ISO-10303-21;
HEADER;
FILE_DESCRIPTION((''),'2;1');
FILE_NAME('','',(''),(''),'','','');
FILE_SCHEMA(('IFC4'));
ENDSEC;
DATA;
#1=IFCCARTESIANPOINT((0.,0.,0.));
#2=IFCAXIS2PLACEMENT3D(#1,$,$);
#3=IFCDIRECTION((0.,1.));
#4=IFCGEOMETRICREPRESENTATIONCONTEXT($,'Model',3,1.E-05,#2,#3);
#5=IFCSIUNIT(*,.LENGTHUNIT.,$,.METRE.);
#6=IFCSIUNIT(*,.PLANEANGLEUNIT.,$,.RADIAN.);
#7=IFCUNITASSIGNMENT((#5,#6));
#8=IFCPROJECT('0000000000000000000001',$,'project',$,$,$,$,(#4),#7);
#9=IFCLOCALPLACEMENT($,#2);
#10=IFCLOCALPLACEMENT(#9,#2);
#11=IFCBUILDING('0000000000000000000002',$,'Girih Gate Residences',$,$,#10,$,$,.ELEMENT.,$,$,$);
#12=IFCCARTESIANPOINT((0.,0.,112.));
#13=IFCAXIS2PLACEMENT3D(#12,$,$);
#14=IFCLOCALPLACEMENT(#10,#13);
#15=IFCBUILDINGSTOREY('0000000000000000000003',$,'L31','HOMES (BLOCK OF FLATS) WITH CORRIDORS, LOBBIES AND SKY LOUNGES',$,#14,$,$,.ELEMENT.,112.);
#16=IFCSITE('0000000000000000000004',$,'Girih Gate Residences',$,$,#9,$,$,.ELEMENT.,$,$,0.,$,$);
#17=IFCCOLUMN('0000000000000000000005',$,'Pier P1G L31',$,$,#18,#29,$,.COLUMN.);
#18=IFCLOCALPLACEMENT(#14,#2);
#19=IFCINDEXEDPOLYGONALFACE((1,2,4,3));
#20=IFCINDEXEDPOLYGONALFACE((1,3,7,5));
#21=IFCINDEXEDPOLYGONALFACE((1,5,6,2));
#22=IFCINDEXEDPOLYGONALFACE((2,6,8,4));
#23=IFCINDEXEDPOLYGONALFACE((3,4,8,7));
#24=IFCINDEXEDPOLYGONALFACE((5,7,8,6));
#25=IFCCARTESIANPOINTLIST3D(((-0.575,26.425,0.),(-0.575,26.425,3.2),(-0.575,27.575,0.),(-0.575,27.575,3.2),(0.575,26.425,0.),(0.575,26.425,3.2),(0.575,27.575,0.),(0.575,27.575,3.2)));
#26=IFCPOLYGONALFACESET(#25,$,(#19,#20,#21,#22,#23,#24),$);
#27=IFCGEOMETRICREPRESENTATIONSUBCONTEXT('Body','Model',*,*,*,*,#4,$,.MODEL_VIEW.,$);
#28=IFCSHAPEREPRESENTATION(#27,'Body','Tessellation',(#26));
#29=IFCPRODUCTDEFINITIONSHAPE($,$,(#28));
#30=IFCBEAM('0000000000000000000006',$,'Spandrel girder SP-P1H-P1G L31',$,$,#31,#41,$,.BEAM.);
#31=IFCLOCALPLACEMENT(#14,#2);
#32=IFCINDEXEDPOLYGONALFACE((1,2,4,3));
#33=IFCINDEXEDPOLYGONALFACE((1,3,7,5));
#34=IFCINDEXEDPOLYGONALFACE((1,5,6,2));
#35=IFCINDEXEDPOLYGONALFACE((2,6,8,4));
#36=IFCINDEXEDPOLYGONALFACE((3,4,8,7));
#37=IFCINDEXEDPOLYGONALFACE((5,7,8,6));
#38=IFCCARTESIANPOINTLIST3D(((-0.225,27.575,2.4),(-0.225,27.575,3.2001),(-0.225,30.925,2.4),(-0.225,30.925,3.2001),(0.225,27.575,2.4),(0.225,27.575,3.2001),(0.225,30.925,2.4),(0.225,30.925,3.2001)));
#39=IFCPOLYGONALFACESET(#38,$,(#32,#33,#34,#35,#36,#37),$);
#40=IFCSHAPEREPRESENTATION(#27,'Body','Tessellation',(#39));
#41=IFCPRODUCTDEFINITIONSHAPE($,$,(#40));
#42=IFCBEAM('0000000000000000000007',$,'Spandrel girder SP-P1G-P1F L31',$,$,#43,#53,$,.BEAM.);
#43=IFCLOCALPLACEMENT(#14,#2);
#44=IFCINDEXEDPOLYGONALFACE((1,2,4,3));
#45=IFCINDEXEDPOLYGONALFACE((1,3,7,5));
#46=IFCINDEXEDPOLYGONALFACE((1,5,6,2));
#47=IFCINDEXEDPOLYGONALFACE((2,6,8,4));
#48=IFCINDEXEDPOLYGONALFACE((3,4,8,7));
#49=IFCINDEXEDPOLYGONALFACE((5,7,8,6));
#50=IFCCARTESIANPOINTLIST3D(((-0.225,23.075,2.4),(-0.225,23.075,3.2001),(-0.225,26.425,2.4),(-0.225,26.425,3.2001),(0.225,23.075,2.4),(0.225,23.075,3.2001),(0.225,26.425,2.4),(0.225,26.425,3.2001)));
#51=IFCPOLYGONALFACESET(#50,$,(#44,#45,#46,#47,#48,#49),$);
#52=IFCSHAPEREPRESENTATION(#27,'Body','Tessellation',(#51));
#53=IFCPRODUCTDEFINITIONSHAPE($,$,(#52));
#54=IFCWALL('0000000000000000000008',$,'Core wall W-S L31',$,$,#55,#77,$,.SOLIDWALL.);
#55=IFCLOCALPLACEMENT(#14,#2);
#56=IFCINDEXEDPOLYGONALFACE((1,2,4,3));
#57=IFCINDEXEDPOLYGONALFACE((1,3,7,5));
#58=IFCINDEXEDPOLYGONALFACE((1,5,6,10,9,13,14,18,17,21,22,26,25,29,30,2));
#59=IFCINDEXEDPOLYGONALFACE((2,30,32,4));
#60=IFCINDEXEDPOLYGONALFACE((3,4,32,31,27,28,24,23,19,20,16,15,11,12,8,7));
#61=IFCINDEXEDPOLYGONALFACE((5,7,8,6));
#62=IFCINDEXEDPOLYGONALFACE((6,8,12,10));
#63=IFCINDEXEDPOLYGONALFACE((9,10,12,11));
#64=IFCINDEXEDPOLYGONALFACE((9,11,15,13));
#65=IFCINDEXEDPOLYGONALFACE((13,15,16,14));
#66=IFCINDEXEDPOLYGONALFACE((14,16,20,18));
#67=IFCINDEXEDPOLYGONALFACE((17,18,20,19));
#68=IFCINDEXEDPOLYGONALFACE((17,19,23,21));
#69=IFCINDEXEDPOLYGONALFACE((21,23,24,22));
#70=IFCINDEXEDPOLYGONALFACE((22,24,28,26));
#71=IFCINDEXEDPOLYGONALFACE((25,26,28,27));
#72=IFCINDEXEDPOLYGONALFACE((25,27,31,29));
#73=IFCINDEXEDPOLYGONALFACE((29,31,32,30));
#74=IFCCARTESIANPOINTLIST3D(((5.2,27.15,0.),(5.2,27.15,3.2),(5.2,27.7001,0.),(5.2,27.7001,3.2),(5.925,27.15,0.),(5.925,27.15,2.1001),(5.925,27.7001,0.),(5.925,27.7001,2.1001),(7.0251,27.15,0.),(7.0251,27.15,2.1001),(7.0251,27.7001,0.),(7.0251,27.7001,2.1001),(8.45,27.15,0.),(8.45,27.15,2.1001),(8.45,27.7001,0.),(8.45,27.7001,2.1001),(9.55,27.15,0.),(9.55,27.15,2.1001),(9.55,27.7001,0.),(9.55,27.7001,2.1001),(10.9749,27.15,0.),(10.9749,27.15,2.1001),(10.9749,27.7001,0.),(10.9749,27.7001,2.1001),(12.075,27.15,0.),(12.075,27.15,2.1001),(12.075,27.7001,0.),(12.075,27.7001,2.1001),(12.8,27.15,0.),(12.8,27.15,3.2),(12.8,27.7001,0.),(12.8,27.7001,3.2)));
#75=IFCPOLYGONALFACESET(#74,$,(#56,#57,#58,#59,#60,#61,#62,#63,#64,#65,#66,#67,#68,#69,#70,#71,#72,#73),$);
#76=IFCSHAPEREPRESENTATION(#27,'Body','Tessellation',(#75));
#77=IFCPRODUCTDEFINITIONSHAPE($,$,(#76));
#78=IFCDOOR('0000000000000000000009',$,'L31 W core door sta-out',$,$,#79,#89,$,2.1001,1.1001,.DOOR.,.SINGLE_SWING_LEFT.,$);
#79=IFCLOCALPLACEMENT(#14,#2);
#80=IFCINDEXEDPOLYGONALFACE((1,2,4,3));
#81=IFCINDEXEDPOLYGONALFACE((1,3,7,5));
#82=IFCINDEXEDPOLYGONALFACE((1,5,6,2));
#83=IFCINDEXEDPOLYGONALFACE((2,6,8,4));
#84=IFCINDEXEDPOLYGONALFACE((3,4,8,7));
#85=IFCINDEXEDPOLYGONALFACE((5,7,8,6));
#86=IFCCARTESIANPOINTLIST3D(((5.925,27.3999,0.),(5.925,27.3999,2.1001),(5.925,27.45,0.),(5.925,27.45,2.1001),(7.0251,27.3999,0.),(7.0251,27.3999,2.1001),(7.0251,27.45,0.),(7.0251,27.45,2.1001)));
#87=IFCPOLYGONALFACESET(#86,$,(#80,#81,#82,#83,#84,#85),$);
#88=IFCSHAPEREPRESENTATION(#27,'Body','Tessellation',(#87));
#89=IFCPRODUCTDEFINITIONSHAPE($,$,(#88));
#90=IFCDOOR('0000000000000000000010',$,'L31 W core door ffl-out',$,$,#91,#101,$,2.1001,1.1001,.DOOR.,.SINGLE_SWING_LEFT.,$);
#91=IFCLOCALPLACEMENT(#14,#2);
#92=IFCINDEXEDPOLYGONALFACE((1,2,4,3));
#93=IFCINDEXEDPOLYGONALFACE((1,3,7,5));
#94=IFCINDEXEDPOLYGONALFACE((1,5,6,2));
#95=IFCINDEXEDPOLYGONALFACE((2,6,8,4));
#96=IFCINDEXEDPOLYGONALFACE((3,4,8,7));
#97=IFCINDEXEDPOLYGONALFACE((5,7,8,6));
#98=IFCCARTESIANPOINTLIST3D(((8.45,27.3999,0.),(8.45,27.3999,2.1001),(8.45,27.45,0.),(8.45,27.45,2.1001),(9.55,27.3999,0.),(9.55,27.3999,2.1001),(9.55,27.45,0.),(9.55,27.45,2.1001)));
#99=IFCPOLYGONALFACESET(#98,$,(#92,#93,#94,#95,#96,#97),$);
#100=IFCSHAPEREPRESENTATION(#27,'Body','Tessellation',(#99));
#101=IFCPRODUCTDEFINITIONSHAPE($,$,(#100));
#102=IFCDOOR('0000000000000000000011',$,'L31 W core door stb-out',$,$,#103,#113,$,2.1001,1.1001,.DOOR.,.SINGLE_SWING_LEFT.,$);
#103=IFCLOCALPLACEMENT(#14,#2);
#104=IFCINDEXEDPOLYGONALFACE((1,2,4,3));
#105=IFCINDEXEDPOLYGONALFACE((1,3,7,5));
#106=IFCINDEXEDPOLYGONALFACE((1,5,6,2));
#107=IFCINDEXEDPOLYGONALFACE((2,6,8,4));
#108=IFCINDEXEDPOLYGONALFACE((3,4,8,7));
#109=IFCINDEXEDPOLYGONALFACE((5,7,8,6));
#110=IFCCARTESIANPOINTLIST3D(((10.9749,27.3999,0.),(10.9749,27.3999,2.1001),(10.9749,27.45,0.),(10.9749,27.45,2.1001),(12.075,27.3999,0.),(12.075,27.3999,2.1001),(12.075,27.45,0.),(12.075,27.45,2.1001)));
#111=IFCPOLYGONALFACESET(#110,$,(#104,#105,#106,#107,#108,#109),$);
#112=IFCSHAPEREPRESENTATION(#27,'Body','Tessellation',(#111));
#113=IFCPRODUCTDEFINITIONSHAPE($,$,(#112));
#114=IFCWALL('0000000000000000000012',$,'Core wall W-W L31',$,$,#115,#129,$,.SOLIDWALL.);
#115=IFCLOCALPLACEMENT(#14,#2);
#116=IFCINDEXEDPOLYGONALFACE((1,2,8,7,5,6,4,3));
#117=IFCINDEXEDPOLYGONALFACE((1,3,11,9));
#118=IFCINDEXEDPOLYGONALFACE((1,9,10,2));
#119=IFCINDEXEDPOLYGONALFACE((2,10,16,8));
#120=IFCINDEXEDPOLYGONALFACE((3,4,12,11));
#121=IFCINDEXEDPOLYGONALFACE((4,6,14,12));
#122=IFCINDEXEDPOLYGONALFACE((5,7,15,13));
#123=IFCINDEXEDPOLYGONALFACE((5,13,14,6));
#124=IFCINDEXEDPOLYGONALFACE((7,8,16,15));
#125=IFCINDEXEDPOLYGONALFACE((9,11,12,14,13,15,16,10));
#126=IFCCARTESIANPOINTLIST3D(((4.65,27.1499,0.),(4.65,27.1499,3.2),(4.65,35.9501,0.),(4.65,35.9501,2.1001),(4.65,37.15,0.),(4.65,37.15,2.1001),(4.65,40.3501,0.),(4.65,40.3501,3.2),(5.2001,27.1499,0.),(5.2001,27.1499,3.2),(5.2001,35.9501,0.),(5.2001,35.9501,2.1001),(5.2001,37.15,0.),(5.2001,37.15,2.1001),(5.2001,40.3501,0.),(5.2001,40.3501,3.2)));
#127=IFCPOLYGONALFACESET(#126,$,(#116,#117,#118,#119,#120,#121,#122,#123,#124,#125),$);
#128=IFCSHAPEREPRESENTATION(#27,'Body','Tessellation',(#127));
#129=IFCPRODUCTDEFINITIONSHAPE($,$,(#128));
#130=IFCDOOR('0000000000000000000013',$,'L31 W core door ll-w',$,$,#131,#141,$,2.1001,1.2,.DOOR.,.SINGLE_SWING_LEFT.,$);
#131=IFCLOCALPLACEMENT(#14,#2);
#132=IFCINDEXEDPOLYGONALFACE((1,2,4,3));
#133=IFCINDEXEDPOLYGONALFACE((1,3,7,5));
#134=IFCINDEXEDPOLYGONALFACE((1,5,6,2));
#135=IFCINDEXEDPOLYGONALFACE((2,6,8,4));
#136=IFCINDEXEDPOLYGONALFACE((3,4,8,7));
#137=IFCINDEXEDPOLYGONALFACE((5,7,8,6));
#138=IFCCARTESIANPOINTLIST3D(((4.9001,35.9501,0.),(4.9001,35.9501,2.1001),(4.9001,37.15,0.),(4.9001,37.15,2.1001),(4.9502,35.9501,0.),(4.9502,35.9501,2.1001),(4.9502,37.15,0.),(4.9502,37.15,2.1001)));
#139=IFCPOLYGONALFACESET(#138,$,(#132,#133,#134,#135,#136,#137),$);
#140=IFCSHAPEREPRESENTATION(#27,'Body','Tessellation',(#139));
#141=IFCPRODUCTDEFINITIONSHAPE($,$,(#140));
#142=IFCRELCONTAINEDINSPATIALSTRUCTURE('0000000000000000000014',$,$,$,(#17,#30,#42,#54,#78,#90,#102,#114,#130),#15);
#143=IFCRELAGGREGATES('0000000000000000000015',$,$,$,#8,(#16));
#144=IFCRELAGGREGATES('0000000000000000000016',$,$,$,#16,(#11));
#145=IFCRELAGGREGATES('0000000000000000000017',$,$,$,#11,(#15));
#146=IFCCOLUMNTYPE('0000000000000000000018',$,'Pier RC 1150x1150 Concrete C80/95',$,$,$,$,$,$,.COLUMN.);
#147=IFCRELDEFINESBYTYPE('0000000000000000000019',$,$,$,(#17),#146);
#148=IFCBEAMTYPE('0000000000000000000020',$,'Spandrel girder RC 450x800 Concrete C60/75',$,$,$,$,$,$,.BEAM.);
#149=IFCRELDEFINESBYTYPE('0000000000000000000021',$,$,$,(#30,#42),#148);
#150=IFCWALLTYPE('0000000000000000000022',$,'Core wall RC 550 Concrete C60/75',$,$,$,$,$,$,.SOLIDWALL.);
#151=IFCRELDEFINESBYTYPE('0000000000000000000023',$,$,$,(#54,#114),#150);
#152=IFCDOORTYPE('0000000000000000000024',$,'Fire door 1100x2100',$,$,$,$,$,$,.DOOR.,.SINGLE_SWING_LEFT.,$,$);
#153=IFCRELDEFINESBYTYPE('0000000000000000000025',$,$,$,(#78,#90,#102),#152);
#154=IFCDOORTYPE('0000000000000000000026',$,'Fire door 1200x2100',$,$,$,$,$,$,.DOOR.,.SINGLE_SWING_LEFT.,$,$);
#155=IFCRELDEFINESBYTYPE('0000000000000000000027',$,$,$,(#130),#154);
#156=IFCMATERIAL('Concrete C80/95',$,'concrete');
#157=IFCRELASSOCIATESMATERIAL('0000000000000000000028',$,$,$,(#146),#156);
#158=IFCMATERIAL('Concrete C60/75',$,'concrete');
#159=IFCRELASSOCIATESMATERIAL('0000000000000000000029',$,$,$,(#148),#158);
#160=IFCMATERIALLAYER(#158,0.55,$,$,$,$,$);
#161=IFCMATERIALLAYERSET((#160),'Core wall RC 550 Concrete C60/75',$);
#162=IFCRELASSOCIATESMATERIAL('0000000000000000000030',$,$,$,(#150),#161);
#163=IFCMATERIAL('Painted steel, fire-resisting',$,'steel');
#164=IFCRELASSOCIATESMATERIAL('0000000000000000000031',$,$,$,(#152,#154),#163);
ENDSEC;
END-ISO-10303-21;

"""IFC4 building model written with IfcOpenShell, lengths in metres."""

from ifc_helpers import new_model, si_unit, direction, frame, frame_2d, origin, origin_2d, place, context, subcontext, project, spatial, rectangle, extrude, material, layer, layer_set, material_profile, profile_set, type_object, element, fill, save


model = new_model("IFC4")

# Units and contexts
model_context = context("Model", 3, precision=1e-05, world=origin(), true_north=direction((0.0, 1.0)))
body_context = subcontext(model_context, "Body", "Model", "MODEL_VIEW")
ifc_project = project(units=[si_unit("LENGTHUNIT", "METRE"), si_unit("PLANEANGLEUNIT", "RADIAN")], contexts=[model_context])

# Site, building, storey
site_placement = place(None, origin())
site = spatial("IfcSite", under=ifc_project, at=site_placement, Name="Girih Gate Residences", CompositionType="ELEMENT", RefElevation=0.0)
building_placement = place(site_placement, origin())
building = spatial("IfcBuilding", under=site, at=building_placement, Name="Girih Gate Residences", CompositionType="ELEMENT")
storey_placement = place(building_placement, frame((0.0, 0.0, 112.0)))
storey = spatial("IfcBuildingStorey", under=building, at=storey_placement, Name="L31", Description="HOMES (BLOCK OF FLATS) WITH CORRIDORS, LOBBIES AND SKY LOUNGES", CompositionType="ELEMENT", Elevation=112.0)

# Column
ifc_material_1 = material(Name="Concrete C80/95", Category="concrete")
ifc_material_profile_1 = material_profile(ifc_material_1, rectangle(XDim=1.1499, YDim=1.1499, at=origin_2d()))
ifc_profile_set_1 = profile_set([ifc_material_profile_1], Name="Concrete C80/95")
column_type = type_object("IfcColumnType", Name="Pier RC 1150x1150 Concrete C80/95", PredefinedType="COLUMN", material=ifc_profile_set_1)
column_placement = place(storey_placement, frame((0.0, 27.0, 0.0), z_axis=(0.0, 0.0, 1.0), x_axis=(1.0, 0.0, 0.0)))
element("IfcColumn", 1, at=column_placement, inside=storey, type_object=column_type, Name="Pier P1G L31", PredefinedType="COLUMN", context=body_context, shape_type="SweptSolid", body=[
    extrude(rectangle(XDim=1.1499, YDim=1.1499, at=origin_2d()), origin(), (0.0, 0.0, 1.0), 3.2),
])

# Beams
ifc_material_2 = material(Name="Concrete C60/75", Category="concrete")
ifc_material_profile_2 = material_profile(ifc_material_2, rectangle(XDim=0.45, YDim=0.8, at=origin_2d()))
ifc_profile_set_2 = profile_set([ifc_material_profile_2], Name="Concrete C60/75")
beam_type = type_object("IfcBeamType", Name="Spandrel girder RC 450x800 Concrete C60/75", PredefinedType="BEAM", material=ifc_profile_set_2)
for number, where, z_axis, x_axis, name in (
    (2, (0.0, 30.925, 2.8), (0.0, -1.0, 0.0), (1.0, 0.0, 0.0), "Spandrel girder SP-P1H-P1G L31"),
    (3, (0.0, 26.425, 2.8), (0.0, -1.0, 0.0), (1.0, 0.0, 0.0), "Spandrel girder SP-P1G-P1F L31"),
):
    element("IfcBeam", number, at=place(storey_placement, frame(where, z_axis=z_axis, x_axis=x_axis)), inside=storey, type_object=beam_type, Name=name, PredefinedType="BEAM", context=body_context, shape_type="SweptSolid", body=[
        extrude(rectangle(XDim=0.45, YDim=0.8, at=origin_2d()), origin(), (0.0, 0.0, 1.0), 3.3501),
    ])

# Wall, openings, doors
ifc_layer_1 = layer(ifc_material_2, 0.55)
ifc_layer_set_1 = layer_set([ifc_layer_1], Name="Core wall RC 550 Concrete C60/75")
wall_type_1 = type_object("IfcWallType", Name="Core wall RC 550 Concrete C60/75", PredefinedType="SOLIDWALL", material=ifc_layer_set_1)
wall_1_placement = place(storey_placement, frame((5.2, 27.425, 0.0), z_axis=(0.0, 0.0, 1.0), x_axis=(1.0, 0.0, 0.0)))
wall_1 = element("IfcWall", 4, at=wall_1_placement, inside=storey, type_object=wall_type_1, Name="Core wall W-S L31", PredefinedType="SOLIDWALL", context=body_context, shape_type="SweptSolid", body=[
    extrude(rectangle(XDim=7.6001, YDim=0.55, at=frame_2d((3.8, 0.0))), origin(), (0.0, 0.0, 1.0), 3.2),
])
opening_1_placement = place(wall_1_placement, frame((0.7251, 0.0, 0.0)))
opening_1 = element("IfcOpeningElement", 5, at=opening_1_placement, cuts=wall_1, PredefinedType="OPENING", context=body_context, shape_type="SweptSolid", body=[
    extrude(rectangle(XDim=1.1001, YDim=2.1001, at=frame_2d((0.55, 1.05))), frame((0.0, 0.2849, 0.0), z_axis=(0.0, -1.0, 0.0), x_axis=(1.0, 0.0, 0.0)), (0.0, 0.0, 1.0), 0.5701),
])
opening_2_placement = place(wall_1_placement, frame((3.25, 0.0, 0.0)))
opening_2 = element("IfcOpeningElement", 6, at=opening_2_placement, cuts=wall_1, PredefinedType="OPENING", context=body_context, shape_type="SweptSolid", body=[
    extrude(rectangle(XDim=1.1001, YDim=2.1001, at=frame_2d((0.55, 1.05))), frame((0.0, 0.2849, 0.0), z_axis=(0.0, -1.0, 0.0), x_axis=(1.0, 0.0, 0.0)), (0.0, 0.0, 1.0), 0.5701),
])
opening_3_placement = place(wall_1_placement, frame((5.7749, 0.0, 0.0)))
opening_3 = element("IfcOpeningElement", 7, at=opening_3_placement, cuts=wall_1, PredefinedType="OPENING", context=body_context, shape_type="SweptSolid", body=[
    extrude(rectangle(XDim=1.1001, YDim=2.1001, at=frame_2d((0.55, 1.05))), frame((0.0, 0.2849, 0.0), z_axis=(0.0, -1.0, 0.0), x_axis=(1.0, 0.0, 0.0)), (0.0, 0.0, 1.0), 0.5701),
])
ifc_material_3 = material(Name="Painted steel, fire-resisting", Category="steel")
door_type_1 = type_object("IfcDoorType", Name="Fire door 1100x2100", OperationType="SINGLE_SWING_LEFT", PredefinedType="DOOR", material=ifc_material_3)
door_1_placement = place(opening_1_placement, origin())
door_1 = element("IfcDoor", 8, at=door_1_placement, inside=storey, type_object=door_type_1, Name="L31 W core door sta-out", OperationType="SINGLE_SWING_LEFT", OverallHeight=2.1001, OverallWidth=1.1001, PredefinedType="DOOR", context=body_context, shape_type="SweptSolid", body=[
    extrude(rectangle(XDim=1.1001, YDim=2.1001, at=frame_2d((0.55, 1.05))), frame((0.0, 0.0249, 0.0), z_axis=(0.0, -1.0, 0.0), x_axis=(1.0, 0.0, 0.0)), (0.0, 0.0, 1.0), 0.05),
])
fill(opening_1, door_1)
door_2_placement = place(opening_2_placement, origin())
door_2 = element("IfcDoor", 9, at=door_2_placement, inside=storey, type_object=door_type_1, Name="L31 W core door ffl-out", OperationType="SINGLE_SWING_LEFT", OverallHeight=2.1001, OverallWidth=1.1001, PredefinedType="DOOR", context=body_context, shape_type="SweptSolid", body=[
    extrude(rectangle(XDim=1.1001, YDim=2.1001, at=frame_2d((0.55, 1.05))), frame((0.0, 0.0249, 0.0), z_axis=(0.0, -1.0, 0.0), x_axis=(1.0, 0.0, 0.0)), (0.0, 0.0, 1.0), 0.05),
])
fill(opening_2, door_2)
door_3_placement = place(opening_3_placement, origin())
door_3 = element("IfcDoor", 10, at=door_3_placement, inside=storey, type_object=door_type_1, Name="L31 W core door stb-out", OperationType="SINGLE_SWING_LEFT", OverallHeight=2.1001, OverallWidth=1.1001, PredefinedType="DOOR", context=body_context, shape_type="SweptSolid", body=[
    extrude(rectangle(XDim=1.1001, YDim=2.1001, at=frame_2d((0.55, 1.05))), frame((0.0, 0.0249, 0.0), z_axis=(0.0, -1.0, 0.0), x_axis=(1.0, 0.0, 0.0)), (0.0, 0.0, 1.0), 0.05),
])
fill(opening_3, door_3)

# Wall, opening, door
wall_2_placement = place(storey_placement, frame((4.925, 27.1499, 0.0), z_axis=(0.0, 0.0, 1.0), x_axis=(0.0, 1.0, 0.0)))
wall_2 = element("IfcWall", 11, at=wall_2_placement, inside=storey, type_object=wall_type_1, Name="Core wall W-W L31", PredefinedType="SOLIDWALL", context=body_context, shape_type="SweptSolid", body=[
    extrude(rectangle(XDim=13.2002, YDim=0.55, at=frame_2d((6.6001, 0.0))), origin(), (0.0, 0.0, 1.0), 3.2),
])
opening_4_placement = place(wall_2_placement, frame((8.8, 0.0, 0.0)))
opening_4 = element("IfcOpeningElement", 12, at=opening_4_placement, cuts=wall_2, PredefinedType="OPENING", context=body_context, shape_type="SweptSolid", body=[
    extrude(rectangle(XDim=1.2, YDim=2.1001, at=frame_2d((0.6001, 1.05))), frame((0.0, 0.2849, 0.0), z_axis=(0.0, -1.0, 0.0), x_axis=(1.0, 0.0, 0.0)), (0.0, 0.0, 1.0), 0.5701),
])
door_type_2 = type_object("IfcDoorType", Name="Fire door 1200x2100", OperationType="SINGLE_SWING_LEFT", PredefinedType="DOOR", material=ifc_material_3)
door_4_placement = place(opening_4_placement, origin())
door_4 = element("IfcDoor", 13, at=door_4_placement, inside=storey, type_object=door_type_2, Name="L31 W core door ll-w", OperationType="SINGLE_SWING_LEFT", OverallHeight=2.1001, OverallWidth=1.2, PredefinedType="DOOR", context=body_context, shape_type="SweptSolid", body=[
    extrude(rectangle(XDim=1.2, YDim=2.1001, at=frame_2d((0.6001, 1.05))), frame((0.0, 0.0249, 0.0), z_axis=(0.0, -1.0, 0.0), x_axis=(1.0, 0.0, 0.0)), (0.0, 0.0, 1.0), 0.05),
])
fill(opening_4, door_4)

save(model, "model.ifc")
